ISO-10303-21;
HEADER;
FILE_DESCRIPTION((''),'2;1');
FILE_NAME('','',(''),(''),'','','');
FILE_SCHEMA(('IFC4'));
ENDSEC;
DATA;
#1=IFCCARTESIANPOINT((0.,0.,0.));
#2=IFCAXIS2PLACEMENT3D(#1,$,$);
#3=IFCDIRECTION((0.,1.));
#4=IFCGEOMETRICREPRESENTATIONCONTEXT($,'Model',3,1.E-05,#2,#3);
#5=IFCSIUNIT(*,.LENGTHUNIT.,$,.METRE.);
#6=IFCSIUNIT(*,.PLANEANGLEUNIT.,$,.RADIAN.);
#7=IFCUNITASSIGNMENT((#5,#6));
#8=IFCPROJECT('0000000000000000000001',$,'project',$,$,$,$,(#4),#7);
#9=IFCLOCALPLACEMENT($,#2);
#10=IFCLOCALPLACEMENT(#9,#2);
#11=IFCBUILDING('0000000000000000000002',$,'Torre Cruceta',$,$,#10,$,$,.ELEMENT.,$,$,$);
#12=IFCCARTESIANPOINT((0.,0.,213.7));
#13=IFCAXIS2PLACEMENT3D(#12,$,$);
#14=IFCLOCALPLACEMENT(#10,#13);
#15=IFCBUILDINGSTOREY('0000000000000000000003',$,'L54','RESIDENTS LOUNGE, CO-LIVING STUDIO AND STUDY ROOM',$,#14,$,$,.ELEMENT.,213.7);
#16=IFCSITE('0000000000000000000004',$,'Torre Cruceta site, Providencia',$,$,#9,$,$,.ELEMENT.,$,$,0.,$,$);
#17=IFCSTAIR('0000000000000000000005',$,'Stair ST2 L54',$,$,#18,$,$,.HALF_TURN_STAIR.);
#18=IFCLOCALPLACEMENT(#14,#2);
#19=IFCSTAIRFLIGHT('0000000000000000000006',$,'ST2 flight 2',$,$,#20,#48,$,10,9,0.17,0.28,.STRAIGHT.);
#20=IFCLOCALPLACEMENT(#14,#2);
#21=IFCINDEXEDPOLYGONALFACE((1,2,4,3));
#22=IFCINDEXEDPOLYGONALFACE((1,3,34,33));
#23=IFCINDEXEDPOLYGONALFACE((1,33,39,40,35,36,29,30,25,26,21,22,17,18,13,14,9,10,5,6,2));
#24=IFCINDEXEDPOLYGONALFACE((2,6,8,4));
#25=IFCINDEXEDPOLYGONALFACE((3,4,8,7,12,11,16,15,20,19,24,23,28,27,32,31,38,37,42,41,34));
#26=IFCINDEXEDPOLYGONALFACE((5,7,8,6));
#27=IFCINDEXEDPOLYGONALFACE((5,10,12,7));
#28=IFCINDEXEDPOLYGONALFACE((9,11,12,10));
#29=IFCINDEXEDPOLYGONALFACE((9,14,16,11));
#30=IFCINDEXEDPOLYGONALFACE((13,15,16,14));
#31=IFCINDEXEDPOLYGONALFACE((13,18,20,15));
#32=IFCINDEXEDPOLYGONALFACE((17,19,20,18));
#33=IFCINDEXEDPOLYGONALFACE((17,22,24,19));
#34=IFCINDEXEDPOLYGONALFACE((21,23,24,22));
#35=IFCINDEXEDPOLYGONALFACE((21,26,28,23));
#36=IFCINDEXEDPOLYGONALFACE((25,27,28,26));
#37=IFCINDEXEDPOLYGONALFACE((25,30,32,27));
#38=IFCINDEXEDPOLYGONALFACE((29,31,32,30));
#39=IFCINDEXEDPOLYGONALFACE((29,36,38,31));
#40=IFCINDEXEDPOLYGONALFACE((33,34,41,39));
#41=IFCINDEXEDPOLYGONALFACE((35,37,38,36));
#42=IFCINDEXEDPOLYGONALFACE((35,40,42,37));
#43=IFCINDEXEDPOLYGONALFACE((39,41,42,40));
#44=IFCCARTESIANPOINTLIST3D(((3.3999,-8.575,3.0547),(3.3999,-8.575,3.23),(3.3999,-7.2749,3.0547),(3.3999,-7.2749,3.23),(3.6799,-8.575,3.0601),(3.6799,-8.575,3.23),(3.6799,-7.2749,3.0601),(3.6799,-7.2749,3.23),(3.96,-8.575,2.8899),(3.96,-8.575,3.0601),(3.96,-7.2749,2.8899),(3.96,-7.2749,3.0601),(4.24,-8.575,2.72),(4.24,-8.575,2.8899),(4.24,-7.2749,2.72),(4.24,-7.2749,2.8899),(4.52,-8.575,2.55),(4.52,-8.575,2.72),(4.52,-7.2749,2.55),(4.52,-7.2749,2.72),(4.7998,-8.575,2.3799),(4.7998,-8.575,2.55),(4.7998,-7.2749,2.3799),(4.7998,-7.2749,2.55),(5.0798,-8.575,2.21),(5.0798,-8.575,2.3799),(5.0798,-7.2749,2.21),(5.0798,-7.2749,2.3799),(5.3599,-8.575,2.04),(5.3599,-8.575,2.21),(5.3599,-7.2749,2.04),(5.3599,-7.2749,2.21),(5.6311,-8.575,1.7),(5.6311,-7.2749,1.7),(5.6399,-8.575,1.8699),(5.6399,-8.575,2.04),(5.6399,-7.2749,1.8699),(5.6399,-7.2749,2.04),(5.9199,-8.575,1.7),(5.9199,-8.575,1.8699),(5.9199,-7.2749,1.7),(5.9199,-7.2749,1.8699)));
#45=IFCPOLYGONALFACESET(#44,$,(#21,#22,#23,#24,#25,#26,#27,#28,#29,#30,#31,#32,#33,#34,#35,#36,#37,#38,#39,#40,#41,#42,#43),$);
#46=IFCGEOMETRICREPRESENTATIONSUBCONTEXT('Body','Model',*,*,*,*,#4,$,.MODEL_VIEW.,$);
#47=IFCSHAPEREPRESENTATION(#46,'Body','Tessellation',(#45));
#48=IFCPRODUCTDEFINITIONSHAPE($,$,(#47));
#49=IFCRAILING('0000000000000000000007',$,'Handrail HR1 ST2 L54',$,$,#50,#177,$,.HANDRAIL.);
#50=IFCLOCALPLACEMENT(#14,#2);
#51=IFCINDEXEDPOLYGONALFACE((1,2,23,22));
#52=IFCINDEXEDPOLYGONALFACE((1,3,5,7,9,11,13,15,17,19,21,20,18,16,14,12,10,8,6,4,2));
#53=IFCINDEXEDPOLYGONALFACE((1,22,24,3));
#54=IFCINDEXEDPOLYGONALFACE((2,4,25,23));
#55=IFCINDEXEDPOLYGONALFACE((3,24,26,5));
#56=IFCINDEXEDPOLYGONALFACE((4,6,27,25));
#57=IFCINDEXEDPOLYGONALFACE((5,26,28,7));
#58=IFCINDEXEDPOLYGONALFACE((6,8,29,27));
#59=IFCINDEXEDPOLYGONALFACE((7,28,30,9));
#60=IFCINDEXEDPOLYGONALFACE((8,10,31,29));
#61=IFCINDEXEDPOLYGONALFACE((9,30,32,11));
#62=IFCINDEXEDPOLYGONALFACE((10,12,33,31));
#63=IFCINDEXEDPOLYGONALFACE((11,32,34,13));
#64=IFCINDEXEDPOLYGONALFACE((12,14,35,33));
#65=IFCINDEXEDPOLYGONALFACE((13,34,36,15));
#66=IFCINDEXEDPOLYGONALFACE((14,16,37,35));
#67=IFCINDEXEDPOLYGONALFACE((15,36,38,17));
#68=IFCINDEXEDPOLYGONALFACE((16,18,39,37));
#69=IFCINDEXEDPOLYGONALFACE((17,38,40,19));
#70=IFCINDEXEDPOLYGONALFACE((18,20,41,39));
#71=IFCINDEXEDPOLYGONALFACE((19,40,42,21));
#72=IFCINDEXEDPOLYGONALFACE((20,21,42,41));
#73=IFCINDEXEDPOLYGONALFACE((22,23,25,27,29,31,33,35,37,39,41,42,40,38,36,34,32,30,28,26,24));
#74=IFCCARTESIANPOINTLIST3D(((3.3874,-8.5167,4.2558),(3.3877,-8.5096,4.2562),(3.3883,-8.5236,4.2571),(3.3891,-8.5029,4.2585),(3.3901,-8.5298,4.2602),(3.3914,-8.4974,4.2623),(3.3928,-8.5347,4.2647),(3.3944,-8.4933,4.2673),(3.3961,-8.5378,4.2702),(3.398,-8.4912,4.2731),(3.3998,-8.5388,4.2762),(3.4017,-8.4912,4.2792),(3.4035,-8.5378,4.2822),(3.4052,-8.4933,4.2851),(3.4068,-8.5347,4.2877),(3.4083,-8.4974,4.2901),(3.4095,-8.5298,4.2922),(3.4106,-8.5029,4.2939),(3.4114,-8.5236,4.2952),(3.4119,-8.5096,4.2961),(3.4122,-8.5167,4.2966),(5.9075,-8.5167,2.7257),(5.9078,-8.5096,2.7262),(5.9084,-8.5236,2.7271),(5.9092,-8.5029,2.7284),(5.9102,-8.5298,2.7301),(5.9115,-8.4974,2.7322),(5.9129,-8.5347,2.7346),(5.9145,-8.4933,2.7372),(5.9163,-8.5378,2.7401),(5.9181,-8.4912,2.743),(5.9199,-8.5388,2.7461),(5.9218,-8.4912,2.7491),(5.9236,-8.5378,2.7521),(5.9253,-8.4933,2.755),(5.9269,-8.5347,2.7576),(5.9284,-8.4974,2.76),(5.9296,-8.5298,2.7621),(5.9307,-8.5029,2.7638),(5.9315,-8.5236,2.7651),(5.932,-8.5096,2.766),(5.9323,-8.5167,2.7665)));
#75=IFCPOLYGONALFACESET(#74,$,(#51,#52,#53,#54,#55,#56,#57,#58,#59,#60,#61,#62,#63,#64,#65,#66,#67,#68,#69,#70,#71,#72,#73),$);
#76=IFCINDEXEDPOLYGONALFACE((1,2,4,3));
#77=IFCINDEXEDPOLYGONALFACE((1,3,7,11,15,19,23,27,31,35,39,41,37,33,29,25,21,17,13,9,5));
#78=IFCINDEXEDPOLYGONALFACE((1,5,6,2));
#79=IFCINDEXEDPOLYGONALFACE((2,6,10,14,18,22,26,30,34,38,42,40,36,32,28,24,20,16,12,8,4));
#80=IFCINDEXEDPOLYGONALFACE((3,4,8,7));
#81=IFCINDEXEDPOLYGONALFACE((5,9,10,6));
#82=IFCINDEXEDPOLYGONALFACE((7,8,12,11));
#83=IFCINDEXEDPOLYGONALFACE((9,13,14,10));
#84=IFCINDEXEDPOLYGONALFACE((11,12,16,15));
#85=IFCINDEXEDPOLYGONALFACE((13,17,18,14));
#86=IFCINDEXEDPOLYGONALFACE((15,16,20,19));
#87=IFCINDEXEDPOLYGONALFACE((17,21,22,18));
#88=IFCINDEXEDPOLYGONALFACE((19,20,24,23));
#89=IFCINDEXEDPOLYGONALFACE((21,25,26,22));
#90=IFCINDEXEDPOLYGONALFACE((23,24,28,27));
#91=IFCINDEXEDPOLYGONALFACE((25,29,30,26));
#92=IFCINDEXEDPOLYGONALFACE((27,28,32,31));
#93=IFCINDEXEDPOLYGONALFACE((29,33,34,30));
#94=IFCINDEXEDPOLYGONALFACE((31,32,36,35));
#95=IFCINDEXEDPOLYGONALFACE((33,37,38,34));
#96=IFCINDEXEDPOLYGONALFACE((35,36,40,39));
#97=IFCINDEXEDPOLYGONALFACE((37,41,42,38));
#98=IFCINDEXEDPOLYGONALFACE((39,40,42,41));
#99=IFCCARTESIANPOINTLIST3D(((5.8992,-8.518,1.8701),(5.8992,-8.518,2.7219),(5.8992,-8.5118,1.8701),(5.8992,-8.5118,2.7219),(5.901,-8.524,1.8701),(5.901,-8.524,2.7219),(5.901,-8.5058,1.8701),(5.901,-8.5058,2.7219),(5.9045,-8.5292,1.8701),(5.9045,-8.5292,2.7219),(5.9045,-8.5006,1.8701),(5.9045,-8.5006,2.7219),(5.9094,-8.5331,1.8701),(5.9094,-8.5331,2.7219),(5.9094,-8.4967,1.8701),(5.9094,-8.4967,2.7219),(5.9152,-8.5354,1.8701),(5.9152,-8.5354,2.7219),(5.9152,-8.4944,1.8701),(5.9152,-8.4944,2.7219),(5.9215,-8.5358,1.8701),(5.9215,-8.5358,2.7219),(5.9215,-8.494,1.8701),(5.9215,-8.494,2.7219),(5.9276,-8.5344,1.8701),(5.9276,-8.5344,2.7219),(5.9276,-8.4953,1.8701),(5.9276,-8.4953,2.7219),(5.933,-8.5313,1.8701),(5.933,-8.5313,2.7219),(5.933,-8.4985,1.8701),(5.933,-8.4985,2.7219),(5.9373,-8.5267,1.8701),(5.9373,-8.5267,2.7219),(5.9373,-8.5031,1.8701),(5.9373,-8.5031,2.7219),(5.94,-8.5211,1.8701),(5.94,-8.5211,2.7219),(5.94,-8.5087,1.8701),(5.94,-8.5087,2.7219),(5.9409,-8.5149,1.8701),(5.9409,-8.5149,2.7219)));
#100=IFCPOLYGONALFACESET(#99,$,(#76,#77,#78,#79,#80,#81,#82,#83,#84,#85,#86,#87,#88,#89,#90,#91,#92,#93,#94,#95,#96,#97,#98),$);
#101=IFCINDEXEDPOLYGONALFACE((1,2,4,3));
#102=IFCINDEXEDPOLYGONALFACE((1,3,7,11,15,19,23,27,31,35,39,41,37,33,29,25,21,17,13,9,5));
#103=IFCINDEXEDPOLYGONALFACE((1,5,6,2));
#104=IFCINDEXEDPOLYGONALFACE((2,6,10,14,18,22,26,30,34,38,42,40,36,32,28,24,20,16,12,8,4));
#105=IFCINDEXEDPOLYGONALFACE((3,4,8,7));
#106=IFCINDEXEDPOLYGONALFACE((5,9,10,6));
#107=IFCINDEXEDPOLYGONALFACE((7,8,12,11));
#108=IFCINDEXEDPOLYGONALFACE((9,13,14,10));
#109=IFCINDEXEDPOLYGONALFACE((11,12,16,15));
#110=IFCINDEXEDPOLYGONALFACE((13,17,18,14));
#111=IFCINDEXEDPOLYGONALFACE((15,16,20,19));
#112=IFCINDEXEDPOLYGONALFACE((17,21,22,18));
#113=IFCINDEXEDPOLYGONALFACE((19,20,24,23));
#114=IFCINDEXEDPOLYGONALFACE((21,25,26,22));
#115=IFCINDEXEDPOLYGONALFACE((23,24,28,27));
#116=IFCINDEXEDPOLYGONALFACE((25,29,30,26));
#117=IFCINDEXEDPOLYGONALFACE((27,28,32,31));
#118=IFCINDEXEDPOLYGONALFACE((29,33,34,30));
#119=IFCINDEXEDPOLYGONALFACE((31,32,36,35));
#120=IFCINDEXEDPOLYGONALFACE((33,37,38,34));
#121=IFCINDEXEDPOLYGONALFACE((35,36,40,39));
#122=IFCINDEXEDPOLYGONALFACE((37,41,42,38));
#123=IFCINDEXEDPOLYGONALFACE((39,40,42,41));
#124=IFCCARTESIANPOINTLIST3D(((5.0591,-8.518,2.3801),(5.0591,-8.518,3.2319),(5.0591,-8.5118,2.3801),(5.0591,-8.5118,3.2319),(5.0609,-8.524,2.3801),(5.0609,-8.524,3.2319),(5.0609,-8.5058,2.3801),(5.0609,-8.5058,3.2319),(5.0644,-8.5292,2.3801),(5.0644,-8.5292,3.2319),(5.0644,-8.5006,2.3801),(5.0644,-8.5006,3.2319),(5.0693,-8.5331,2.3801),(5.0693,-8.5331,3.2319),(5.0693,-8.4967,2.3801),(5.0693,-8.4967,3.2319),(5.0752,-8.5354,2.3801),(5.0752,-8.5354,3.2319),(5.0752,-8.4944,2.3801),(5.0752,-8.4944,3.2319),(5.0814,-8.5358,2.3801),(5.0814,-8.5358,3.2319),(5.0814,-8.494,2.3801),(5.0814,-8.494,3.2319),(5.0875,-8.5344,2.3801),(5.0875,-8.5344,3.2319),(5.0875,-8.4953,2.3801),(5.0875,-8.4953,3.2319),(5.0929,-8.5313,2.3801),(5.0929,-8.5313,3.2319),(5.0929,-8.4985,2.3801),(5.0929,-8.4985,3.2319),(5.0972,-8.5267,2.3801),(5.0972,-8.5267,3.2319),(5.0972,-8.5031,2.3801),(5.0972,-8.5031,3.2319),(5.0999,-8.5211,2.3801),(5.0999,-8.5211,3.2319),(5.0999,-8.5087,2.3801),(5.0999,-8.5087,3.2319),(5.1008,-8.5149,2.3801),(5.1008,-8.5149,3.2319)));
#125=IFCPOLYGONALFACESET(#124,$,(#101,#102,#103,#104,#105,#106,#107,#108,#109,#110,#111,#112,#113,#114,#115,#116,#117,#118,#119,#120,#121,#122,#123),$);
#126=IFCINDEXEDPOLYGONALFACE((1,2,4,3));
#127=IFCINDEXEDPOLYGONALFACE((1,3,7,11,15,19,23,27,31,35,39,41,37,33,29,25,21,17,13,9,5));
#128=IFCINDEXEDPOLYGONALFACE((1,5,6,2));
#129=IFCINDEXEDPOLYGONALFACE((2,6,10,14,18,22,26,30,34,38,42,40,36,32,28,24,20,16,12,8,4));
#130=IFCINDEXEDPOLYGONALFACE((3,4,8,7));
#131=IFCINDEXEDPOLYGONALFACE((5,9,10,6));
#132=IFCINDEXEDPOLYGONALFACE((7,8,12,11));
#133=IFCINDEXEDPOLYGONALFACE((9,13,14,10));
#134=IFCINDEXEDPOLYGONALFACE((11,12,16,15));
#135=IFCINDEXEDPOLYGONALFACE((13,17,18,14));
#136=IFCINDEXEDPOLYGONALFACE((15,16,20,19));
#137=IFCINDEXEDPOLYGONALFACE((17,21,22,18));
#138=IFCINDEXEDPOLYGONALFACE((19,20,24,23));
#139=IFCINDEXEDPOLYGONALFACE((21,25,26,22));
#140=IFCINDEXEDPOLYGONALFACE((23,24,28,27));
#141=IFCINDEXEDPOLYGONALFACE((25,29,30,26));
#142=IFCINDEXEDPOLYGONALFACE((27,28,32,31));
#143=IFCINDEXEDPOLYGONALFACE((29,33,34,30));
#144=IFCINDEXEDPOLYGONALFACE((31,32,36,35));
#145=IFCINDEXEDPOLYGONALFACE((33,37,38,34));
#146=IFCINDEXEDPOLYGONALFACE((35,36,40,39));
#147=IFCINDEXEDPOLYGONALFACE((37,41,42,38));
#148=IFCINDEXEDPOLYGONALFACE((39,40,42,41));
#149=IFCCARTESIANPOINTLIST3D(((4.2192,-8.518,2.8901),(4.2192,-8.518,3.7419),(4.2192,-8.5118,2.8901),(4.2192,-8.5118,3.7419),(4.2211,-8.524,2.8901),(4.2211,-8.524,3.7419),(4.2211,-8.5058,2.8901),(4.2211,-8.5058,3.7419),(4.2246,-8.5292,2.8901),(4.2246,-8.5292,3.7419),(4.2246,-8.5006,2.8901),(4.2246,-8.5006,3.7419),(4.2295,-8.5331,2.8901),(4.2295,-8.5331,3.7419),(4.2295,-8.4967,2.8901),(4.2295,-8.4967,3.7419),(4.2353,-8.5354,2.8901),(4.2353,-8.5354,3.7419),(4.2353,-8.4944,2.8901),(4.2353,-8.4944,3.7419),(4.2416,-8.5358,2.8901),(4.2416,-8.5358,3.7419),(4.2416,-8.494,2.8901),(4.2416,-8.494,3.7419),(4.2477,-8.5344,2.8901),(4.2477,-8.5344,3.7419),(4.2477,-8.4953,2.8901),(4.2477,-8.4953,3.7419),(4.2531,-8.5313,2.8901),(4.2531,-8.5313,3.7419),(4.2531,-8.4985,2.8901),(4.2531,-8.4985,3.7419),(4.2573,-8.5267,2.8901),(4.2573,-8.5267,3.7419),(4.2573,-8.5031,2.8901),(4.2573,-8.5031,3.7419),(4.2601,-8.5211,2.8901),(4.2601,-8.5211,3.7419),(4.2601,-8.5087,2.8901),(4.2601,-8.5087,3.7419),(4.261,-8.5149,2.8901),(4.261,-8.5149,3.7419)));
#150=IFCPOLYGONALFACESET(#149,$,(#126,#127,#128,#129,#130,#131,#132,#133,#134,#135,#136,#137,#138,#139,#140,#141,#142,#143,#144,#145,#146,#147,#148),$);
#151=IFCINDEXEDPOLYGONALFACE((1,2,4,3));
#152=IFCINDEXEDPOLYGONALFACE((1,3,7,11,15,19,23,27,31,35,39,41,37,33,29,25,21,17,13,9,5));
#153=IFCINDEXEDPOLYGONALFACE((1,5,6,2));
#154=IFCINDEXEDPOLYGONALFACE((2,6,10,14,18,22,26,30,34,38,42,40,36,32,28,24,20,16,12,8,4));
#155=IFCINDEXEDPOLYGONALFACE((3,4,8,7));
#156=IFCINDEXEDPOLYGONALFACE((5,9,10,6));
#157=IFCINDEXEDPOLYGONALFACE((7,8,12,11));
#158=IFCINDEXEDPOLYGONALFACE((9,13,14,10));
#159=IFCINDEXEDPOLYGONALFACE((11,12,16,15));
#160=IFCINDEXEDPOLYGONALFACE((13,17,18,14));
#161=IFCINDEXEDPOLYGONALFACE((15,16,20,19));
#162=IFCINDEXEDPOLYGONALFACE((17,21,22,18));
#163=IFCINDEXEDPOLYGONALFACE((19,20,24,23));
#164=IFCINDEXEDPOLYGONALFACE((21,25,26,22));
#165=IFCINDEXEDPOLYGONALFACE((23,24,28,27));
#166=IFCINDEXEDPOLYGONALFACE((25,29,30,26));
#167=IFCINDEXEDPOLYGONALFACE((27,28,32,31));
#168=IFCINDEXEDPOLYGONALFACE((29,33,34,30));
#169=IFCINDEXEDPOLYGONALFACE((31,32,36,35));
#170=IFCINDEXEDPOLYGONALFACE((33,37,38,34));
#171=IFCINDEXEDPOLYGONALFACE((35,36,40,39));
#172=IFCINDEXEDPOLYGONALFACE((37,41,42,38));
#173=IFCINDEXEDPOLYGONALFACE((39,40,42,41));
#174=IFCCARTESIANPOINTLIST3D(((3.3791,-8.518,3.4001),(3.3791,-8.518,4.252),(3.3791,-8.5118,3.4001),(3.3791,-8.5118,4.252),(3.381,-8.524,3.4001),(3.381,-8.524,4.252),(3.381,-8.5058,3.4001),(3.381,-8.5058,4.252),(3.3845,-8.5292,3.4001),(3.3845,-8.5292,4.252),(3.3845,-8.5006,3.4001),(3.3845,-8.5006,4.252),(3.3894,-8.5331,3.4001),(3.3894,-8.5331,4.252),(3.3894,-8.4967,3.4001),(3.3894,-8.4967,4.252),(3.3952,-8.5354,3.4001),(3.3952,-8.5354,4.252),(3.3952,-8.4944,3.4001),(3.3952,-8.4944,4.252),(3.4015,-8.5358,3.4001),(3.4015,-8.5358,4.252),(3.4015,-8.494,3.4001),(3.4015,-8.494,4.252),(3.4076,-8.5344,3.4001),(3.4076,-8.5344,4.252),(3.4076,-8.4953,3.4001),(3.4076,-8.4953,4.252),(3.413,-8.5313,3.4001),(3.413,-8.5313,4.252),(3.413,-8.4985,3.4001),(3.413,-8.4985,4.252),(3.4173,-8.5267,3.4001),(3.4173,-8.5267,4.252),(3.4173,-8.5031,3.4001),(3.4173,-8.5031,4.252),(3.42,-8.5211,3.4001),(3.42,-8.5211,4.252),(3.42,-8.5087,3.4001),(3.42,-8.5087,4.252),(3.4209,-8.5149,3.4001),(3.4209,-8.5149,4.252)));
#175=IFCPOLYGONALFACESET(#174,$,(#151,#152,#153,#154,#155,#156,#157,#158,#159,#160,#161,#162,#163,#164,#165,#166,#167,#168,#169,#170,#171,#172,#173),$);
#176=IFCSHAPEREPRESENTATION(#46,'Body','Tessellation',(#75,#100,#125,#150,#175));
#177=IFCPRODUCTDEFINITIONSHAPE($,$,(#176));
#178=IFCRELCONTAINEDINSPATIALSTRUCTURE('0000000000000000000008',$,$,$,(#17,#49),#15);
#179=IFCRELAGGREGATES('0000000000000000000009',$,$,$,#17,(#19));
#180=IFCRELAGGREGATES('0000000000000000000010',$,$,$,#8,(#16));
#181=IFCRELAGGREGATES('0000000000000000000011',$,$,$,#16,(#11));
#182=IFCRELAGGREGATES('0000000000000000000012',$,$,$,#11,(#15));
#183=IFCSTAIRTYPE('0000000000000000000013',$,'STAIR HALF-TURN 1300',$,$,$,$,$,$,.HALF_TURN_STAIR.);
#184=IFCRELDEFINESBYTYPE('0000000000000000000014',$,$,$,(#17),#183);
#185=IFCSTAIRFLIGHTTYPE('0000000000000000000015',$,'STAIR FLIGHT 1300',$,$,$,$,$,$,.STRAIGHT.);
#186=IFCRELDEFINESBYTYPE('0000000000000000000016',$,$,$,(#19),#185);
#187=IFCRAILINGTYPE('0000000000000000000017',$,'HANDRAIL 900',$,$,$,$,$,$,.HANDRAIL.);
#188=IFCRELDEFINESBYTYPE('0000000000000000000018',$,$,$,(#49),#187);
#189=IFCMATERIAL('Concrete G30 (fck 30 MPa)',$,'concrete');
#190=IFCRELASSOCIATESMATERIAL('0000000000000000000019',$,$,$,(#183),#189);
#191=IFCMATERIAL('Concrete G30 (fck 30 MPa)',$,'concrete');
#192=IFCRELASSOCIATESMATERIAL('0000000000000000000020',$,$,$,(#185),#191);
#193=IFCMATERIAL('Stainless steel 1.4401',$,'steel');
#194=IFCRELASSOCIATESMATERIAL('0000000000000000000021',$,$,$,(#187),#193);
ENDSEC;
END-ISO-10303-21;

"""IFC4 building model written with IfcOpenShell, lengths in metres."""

from ifc_helpers import new_model, si_unit, direction, frame, origin, origin_2d, place, context, subcontext, project, spatial, polyline, circle, outline, extrude, material, type_object, element, aggregate, save


model = new_model("IFC4")

# Units and contexts
model_context = context("Model", 3, precision=1e-05, world=origin(), true_north=direction((0.0, 1.0)))
body_context = subcontext(model_context, "Body", "Model", "MODEL_VIEW")
ifc_project = project(units=[si_unit("LENGTHUNIT", "METRE"), si_unit("PLANEANGLEUNIT", "RADIAN")], contexts=[model_context])

# Site, building, storey
site_placement = place(None, origin())
site = spatial("IfcSite", under=ifc_project, at=site_placement, Name="Torre Cruceta site, Providencia", CompositionType="ELEMENT", RefElevation=0.0)
building_placement = place(site_placement, origin())
building = spatial("IfcBuilding", under=site, at=building_placement, Name="Torre Cruceta", CompositionType="ELEMENT")
storey_placement = place(building_placement, frame((0.0, 0.0, 213.7)))
storey = spatial("IfcBuildingStorey", under=building, at=storey_placement, Name="L54", Description="RESIDENTS LOUNGE, CO-LIVING STUDIO AND STUDY ROOM", CompositionType="ELEMENT", Elevation=213.7)

# Stair, stair flight
ifc_material_1 = material(Name="Concrete G30 (fck 30 MPa)", Category="concrete")
stair_type = type_object("IfcStairType", Name="STAIR HALF-TURN 1300", PredefinedType="HALF_TURN_STAIR", material=ifc_material_1)
stair_placement = place(storey_placement, origin())
stair = element("IfcStair", 1, at=stair_placement, inside=storey, type_object=stair_type, Name="Stair ST2 L54", PredefinedType="HALF_TURN_STAIR")
ifc_material_2 = material(Name="Concrete G30 (fck 30 MPa)", Category="concrete")
stair_flight_type = type_object("IfcStairFlightType", Name="STAIR FLIGHT 1300", PredefinedType="STRAIGHT", material=ifc_material_2)
stair_flight_1_placement = place(storey_placement, frame((5.9199, -7.925, 1.7), z_axis=(0.0, 0.0, 1.0), x_axis=(-1.0, 0.0, 0.0)))
stair_flight_1 = element("IfcStairFlight", 2, at=stair_flight_1_placement, type_object=stair_flight_type, Name="ST2 flight 2", NumberOfRisers=10, NumberOfTreads=9, PredefinedType="STRAIGHT", RiserHeight=0.17, TreadLength=0.28, context=body_context, shape_type="SweptSolid", body=[
    extrude(outline(polyline([(0.0, 0.0), (0.0, 0.1699), (0.28, 0.1699), (0.28, 0.3401), (0.5601, 0.3401), (0.5601, 0.51), (0.8401, 0.51), (0.8401, 0.6799), (1.1201, 0.6799), (1.1201, 0.8501), (1.3999, 0.8501), (1.3999, 1.02), (1.6799, 1.02), (1.6799, 1.1899), (1.96, 1.1899), (1.96, 1.3601), (2.24, 1.3601), (2.24, 1.53), (2.52, 1.53), (2.52, 1.7), (2.52, 1.3547), (0.2888, 0.0), (0.0, 0.0)])), frame((0.0, 0.6499, 0.0), z_axis=(0.0, -1.0, 0.0), x_axis=(1.0, 0.0, 0.0)), (0.0, 0.0, 1.0), 1.3),
])
aggregate(stair, [stair_flight_1])

# Railing
ifc_material_3 = material(Name="Stainless steel 1.4401", Category="steel")
railing_type = type_object("IfcRailingType", Name="HANDRAIL 900", PredefinedType="HANDRAIL", material=ifc_material_3)
railing_1_placement = place(storey_placement, frame((5.9199, -8.5149, 1.8701)))
element("IfcRailing", 3, at=railing_1_placement, inside=storey, type_object=railing_type, Name="Handrail HR1 ST2 L54", PredefinedType="HANDRAIL", context=body_context, shape_type="SweptSolid", body=[
    extrude(circle(Radius=0.0239, at=origin_2d()), frame((0.0, 0.0, 0.876), z_axis=(-0.854785, 0.0, 0.518982), x_axis=(0.0, -1.0, 0.0)), (0.0, 0.0, 1.0), 2.9482),
    extrude(circle(Radius=0.021, at=origin_2d()), origin(), (0.0, 0.0, 1.0), 0.8518),
    extrude(circle(Radius=0.021, at=origin_2d()), frame((-0.8401, 0.0, 0.51)), (0.0, 0.0, 1.0), 0.8518),
    extrude(circle(Radius=0.021, at=origin_2d()), frame((-1.6799, 0.0, 1.02)), (0.0, 0.0, 1.0), 0.8518),
    extrude(circle(Radius=0.021, at=origin_2d()), frame((-2.52, 0.0, 1.53)), (0.0, 0.0, 1.0), 0.8518),
])

save(model, "model.ifc")
